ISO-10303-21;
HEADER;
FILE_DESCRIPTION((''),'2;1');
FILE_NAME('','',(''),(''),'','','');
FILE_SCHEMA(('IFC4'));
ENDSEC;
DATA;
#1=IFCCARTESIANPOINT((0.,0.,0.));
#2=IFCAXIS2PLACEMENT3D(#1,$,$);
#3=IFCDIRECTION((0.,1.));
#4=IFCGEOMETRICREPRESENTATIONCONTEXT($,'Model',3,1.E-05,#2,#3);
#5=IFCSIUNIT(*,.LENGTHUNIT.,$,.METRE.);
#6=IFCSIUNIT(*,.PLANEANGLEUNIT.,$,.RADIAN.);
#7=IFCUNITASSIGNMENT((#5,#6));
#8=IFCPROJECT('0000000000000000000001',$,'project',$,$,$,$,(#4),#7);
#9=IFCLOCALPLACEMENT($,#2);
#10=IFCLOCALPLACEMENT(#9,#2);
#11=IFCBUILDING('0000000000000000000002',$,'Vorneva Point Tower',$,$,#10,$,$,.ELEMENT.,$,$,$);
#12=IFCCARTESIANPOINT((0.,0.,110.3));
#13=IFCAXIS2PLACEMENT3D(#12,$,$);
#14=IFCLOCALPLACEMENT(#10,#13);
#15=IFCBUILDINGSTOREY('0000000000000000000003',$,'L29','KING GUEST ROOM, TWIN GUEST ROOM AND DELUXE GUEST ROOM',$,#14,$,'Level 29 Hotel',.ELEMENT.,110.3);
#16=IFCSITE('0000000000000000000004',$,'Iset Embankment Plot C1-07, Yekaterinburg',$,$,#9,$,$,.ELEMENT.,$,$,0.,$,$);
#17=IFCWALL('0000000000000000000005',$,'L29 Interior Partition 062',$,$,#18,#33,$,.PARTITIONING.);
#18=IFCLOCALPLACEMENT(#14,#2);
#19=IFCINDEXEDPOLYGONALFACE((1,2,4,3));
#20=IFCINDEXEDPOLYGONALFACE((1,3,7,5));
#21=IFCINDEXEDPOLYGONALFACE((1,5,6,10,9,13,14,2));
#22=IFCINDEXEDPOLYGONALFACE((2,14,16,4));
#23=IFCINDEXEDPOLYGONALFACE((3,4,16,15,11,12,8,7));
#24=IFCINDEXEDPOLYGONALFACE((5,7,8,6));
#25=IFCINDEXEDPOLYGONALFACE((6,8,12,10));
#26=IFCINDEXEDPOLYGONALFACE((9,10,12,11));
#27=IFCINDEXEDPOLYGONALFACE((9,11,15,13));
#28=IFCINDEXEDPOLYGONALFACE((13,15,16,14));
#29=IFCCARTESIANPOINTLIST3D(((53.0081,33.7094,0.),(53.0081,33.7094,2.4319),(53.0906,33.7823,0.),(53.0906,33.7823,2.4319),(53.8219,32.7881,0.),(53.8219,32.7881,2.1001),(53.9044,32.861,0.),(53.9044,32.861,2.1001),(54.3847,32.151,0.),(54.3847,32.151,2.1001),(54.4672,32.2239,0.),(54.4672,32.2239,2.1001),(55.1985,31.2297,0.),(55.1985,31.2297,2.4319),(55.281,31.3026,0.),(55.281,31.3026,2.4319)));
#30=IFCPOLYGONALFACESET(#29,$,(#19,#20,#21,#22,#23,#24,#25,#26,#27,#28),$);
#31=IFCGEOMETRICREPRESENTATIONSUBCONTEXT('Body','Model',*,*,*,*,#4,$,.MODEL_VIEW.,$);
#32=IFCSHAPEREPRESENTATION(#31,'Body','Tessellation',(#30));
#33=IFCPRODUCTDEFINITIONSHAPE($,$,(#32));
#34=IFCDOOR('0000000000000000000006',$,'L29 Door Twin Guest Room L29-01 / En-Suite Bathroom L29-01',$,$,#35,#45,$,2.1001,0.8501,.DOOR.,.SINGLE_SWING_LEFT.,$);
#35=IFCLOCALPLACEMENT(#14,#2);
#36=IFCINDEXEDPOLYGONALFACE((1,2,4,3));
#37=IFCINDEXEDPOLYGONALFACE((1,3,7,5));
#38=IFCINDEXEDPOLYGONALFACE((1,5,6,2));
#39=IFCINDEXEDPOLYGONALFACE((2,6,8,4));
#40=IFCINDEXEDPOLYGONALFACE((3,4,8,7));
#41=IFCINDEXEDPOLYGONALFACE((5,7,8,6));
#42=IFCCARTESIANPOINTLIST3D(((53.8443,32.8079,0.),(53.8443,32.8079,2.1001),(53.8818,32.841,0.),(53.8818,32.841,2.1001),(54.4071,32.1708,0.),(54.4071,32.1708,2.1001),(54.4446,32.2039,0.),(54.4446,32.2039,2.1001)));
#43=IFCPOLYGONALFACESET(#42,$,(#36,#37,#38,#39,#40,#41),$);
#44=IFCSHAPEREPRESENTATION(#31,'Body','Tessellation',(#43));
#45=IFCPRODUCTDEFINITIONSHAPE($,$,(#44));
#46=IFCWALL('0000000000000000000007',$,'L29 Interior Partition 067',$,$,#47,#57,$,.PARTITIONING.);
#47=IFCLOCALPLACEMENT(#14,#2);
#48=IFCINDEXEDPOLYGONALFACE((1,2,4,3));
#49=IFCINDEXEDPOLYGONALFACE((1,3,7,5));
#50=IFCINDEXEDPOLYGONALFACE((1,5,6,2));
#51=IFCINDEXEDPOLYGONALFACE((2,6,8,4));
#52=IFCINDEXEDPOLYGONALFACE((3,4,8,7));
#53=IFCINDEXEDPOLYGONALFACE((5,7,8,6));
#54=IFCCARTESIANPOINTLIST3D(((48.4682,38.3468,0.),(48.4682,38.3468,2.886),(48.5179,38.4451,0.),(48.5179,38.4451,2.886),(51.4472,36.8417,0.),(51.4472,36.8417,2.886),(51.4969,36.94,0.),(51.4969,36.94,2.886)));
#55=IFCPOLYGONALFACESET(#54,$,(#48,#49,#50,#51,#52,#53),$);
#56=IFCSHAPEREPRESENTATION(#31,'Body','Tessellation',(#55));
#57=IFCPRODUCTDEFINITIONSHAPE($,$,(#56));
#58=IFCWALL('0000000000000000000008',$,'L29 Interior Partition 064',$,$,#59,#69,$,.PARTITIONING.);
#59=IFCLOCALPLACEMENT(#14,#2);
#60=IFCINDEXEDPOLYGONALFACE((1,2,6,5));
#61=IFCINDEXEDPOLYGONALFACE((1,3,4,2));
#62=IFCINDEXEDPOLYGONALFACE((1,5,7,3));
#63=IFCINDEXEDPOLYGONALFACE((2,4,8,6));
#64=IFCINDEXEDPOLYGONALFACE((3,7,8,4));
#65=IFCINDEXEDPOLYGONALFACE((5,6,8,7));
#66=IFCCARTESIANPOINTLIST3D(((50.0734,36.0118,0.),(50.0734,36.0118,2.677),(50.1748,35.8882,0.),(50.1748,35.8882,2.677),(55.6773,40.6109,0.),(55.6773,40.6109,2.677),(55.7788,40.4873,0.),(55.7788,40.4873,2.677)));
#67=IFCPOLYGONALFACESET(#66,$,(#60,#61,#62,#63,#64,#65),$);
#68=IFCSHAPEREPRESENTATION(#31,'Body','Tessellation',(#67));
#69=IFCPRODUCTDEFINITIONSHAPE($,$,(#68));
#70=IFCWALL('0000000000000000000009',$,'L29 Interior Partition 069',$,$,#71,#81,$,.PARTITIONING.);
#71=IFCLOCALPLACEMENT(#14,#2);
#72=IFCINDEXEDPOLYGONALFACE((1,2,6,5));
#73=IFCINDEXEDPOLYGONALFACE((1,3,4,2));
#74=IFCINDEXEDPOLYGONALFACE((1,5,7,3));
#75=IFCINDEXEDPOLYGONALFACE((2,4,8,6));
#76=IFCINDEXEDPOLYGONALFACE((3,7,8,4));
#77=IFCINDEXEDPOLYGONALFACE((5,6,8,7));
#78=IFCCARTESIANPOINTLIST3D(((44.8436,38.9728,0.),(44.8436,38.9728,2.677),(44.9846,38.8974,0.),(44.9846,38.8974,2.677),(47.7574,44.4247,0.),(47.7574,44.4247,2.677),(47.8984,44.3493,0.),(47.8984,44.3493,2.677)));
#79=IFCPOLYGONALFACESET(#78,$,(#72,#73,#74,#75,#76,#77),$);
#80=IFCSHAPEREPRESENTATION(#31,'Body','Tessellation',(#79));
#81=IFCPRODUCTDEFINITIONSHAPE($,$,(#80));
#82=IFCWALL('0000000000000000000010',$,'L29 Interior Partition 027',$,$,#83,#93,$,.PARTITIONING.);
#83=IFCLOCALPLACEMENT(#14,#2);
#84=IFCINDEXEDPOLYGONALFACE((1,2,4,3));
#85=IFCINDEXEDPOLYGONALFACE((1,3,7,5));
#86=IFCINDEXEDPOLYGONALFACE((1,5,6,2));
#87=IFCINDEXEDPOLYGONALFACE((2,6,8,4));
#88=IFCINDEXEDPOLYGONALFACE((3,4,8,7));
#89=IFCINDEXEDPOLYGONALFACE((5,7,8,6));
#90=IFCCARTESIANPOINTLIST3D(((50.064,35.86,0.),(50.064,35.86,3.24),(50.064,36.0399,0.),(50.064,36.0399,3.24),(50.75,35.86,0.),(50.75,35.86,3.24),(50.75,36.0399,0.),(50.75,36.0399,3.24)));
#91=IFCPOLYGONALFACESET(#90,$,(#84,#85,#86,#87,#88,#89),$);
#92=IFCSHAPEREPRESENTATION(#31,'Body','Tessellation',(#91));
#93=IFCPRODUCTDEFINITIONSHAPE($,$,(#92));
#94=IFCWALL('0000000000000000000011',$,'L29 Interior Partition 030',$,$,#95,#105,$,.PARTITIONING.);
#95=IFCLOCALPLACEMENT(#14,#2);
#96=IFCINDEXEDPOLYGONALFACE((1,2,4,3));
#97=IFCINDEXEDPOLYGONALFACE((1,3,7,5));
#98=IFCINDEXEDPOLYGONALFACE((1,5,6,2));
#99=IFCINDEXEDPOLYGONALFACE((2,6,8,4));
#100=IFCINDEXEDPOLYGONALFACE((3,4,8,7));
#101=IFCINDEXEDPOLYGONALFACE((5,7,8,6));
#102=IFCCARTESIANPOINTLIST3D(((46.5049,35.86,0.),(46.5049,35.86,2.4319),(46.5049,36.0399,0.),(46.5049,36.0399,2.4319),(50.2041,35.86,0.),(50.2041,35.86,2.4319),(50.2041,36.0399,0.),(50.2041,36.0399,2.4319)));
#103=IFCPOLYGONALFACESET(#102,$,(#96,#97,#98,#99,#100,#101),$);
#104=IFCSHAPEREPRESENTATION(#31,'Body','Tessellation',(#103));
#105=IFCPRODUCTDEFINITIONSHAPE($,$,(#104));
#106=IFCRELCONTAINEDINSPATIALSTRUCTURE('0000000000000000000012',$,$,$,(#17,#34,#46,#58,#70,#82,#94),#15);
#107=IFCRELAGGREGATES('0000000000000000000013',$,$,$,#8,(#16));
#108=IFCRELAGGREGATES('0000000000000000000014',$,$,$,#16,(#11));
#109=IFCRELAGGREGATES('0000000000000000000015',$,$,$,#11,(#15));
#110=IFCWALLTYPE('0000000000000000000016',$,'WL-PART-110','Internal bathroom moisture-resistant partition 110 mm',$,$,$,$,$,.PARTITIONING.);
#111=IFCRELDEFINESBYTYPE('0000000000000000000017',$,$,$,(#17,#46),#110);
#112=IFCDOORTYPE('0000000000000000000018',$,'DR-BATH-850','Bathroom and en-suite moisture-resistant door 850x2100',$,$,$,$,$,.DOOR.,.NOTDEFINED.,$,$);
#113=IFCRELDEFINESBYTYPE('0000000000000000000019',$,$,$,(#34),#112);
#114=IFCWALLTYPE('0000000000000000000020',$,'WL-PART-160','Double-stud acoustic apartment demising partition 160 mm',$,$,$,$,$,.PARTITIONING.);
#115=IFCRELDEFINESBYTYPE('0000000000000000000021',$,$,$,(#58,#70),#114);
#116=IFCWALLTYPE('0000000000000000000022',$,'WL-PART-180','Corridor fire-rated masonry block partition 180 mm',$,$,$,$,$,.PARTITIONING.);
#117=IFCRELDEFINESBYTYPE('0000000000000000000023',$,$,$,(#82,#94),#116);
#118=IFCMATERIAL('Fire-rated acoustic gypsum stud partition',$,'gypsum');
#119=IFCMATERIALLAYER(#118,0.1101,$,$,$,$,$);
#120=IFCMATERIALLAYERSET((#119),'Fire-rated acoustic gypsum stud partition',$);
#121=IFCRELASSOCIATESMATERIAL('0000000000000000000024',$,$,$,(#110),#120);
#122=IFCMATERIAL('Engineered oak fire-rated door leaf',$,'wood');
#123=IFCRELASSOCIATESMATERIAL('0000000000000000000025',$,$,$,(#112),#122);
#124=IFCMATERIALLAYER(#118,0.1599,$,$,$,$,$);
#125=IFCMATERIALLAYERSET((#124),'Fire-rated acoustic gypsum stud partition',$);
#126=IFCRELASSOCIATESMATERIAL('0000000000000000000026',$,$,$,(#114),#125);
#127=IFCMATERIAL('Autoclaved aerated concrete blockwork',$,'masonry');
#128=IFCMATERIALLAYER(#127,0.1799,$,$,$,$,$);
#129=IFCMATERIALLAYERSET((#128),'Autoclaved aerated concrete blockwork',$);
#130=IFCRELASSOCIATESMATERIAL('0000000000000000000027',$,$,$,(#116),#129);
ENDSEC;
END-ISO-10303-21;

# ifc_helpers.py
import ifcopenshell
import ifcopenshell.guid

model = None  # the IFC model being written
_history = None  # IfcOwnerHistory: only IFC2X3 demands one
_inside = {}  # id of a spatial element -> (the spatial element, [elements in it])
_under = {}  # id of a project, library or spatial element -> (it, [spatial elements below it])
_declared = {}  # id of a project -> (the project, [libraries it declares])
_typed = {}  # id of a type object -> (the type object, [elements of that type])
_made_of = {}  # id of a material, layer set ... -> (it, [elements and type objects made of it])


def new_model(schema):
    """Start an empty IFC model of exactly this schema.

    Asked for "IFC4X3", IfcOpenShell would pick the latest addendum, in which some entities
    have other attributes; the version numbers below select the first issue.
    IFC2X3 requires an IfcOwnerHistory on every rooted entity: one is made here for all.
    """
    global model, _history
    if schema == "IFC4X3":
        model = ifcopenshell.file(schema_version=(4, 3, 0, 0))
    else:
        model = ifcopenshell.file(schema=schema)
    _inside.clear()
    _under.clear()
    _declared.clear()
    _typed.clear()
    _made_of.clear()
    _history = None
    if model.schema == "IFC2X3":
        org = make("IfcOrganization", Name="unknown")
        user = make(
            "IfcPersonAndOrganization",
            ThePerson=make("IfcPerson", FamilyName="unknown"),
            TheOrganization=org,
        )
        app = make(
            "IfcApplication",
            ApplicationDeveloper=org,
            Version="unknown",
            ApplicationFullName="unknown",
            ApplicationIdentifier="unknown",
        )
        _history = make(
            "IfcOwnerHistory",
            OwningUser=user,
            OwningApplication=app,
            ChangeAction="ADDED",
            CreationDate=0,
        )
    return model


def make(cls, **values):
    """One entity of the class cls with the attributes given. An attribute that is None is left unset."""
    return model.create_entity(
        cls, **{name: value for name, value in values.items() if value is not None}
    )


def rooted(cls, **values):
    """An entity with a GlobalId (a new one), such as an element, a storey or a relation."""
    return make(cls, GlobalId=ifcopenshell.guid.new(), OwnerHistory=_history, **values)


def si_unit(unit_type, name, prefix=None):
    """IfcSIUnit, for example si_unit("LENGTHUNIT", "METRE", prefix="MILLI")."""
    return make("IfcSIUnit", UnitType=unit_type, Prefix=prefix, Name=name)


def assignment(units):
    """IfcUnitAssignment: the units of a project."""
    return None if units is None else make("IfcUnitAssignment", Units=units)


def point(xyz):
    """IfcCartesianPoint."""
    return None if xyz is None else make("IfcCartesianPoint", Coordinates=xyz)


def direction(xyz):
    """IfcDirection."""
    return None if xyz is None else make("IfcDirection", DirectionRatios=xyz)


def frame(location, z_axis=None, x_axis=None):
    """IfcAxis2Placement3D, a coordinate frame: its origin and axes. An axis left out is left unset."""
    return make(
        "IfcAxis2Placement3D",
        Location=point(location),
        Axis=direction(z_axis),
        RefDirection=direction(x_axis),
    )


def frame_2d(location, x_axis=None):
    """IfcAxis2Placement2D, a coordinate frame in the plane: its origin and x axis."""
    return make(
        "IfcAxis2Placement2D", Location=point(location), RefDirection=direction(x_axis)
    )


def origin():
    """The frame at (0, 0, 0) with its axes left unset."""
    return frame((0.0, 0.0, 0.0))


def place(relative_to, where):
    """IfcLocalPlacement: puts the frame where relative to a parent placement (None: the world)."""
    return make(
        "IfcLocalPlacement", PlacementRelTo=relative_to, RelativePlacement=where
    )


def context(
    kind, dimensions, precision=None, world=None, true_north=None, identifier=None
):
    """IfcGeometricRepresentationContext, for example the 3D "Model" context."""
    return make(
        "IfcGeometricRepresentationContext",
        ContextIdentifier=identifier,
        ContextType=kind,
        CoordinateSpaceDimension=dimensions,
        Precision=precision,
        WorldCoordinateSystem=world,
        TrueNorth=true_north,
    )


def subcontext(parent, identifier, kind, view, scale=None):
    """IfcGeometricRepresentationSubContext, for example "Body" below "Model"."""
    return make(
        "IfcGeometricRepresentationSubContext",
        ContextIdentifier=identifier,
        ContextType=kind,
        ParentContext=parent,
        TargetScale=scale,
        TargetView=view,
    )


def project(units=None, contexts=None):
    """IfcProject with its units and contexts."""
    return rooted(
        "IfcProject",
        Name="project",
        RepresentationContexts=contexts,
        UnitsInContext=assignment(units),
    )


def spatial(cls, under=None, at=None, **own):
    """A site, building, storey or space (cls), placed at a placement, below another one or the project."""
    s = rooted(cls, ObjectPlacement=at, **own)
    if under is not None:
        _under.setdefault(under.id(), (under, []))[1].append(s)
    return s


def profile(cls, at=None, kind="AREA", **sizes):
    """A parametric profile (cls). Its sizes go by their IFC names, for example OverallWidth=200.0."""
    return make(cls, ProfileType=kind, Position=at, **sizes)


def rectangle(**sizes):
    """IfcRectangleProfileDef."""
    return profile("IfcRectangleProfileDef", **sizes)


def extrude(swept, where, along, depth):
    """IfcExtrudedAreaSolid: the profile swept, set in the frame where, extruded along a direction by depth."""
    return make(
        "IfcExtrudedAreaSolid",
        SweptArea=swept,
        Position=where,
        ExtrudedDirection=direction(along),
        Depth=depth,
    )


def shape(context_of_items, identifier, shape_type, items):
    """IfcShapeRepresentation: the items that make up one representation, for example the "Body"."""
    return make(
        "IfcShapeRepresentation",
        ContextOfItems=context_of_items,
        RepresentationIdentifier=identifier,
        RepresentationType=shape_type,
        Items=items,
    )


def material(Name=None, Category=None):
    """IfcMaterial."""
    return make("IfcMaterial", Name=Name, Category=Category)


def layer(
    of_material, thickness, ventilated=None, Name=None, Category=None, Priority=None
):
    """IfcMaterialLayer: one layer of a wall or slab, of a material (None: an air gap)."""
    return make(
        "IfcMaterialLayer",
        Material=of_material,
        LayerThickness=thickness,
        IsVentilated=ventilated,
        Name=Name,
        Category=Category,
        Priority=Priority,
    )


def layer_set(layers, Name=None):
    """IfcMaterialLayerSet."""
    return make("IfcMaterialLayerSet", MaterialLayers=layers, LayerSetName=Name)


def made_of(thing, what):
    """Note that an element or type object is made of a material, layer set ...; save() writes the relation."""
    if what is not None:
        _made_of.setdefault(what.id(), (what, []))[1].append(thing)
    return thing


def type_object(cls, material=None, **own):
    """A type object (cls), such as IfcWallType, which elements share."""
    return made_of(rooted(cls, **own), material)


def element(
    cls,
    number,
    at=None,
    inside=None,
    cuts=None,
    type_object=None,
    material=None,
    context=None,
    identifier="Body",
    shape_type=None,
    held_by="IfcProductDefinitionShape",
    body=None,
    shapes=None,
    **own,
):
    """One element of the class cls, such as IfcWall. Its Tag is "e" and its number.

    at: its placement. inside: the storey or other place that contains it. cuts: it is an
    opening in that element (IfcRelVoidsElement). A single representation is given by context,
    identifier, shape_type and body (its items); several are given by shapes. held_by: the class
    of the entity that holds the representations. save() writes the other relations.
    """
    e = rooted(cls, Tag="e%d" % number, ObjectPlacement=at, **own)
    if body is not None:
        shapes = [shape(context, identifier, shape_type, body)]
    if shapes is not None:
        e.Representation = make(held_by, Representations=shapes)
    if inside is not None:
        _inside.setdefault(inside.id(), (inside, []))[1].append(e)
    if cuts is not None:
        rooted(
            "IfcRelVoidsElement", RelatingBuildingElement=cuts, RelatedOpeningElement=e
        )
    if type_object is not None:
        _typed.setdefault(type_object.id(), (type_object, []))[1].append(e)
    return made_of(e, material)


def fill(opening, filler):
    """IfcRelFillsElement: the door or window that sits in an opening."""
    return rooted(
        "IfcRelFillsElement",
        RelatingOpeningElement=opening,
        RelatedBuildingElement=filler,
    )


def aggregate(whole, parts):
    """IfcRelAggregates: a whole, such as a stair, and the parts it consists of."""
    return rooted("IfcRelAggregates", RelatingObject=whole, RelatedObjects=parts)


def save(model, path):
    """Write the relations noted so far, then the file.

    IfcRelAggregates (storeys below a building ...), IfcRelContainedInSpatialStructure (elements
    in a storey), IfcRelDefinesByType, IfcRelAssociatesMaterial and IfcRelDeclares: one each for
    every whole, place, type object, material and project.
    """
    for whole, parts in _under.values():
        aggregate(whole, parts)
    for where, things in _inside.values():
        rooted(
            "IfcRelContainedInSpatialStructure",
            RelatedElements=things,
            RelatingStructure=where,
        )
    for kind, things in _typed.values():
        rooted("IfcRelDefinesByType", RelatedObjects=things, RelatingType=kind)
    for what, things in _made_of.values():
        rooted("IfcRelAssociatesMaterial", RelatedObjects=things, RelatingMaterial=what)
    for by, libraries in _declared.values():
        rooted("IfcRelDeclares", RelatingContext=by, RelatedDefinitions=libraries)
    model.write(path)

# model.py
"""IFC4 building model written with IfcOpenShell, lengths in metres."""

from ifc_helpers import new_model, si_unit, direction, frame, frame_2d, origin, place, context, subcontext, project, spatial, rectangle, extrude, material, layer, layer_set, type_object, element, fill, save


model = new_model("IFC4")

# Units and contexts
model_context = context("Model", 3, precision=1e-05, world=origin(), true_north=direction((0.0, 1.0)))
body_context = subcontext(model_context, "Body", "Model", "MODEL_VIEW")
ifc_project = project(units=[si_unit("LENGTHUNIT", "METRE"), si_unit("PLANEANGLEUNIT", "RADIAN")], contexts=[model_context])

# Site, building, storey
site_placement = place(None, origin())
site = spatial("IfcSite", under=ifc_project, at=site_placement, Name="Iset Embankment Plot C1-07, Yekaterinburg", CompositionType="ELEMENT", RefElevation=0.0)
building_placement = place(site_placement, origin())
building = spatial("IfcBuilding", under=site, at=building_placement, Name="Vorneva Point Tower", CompositionType="ELEMENT")
storey_placement = place(building_placement, frame((0.0, 0.0, 110.3)))
storey = spatial("IfcBuildingStorey", under=building, at=storey_placement, Name="L29", Description="KING GUEST ROOM, TWIN GUEST ROOM AND DELUXE GUEST ROOM", LongName="Level 29 Hotel", CompositionType="ELEMENT", Elevation=110.3)

# Wall, opening, door
ifc_material_1 = material(Name="Fire-rated acoustic gypsum stud partition", Category="gypsum")
ifc_layer_1 = layer(ifc_material_1, 0.1101)
ifc_layer_set_1 = layer_set([ifc_layer_1], Name="Fire-rated acoustic gypsum stud partition")
wall_type_1 = type_object("IfcWallType", Name="WL-PART-110", Description="Internal bathroom moisture-resistant partition 110 mm", PredefinedType="PARTITIONING", material=ifc_layer_set_1)
wall_1_placement = place(storey_placement, frame((53.0493, 33.7458, 0.0), z_axis=(0.0, 0.0, 1.0), x_axis=(0.662034, -0.749474, 0.0)))
wall_1 = element("IfcWall", 1, at=wall_1_placement, inside=storey, type_object=wall_type_1, Name="L29 Interior Partition 062", PredefinedType="PARTITIONING", context=body_context, shape_type="SweptSolid", body=[
    extrude(rectangle(XDim=3.3086, YDim=0.1101, at=frame_2d((1.6543, 0.0))), origin(), (0.0, 0.0, 1.0), 2.4319),
])
opening_1_placement = place(wall_1_placement, frame((1.2292, 0.0, 0.0)))
opening_1 = element("IfcOpeningElement", 2, at=opening_1_placement, cuts=wall_1, PredefinedType="OPENING", context=body_context, shape_type="SweptSolid", body=[
    extrude(rectangle(XDim=0.8501, YDim=2.1001, at=frame_2d((0.425, 1.05))), frame((0.0, 0.0698, 0.0), z_axis=(0.0, -1.0, 0.0), x_axis=(1.0, 0.0, 0.0)), (0.0, 0.0, 1.0), 0.1399),
])
ifc_material_2 = material(Name="Engineered oak fire-rated door leaf", Category="wood")
door_type = type_object("IfcDoorType", Name="DR-BATH-850", Description="Bathroom and en-suite moisture-resistant door 850x2100", OperationType="NOTDEFINED", PredefinedType="DOOR", material=ifc_material_2)
door_placement = place(opening_1_placement, origin())
door = element("IfcDoor", 3, at=door_placement, inside=storey, type_object=door_type, Name="L29 Door Twin Guest Room L29-01 / En-Suite Bathroom L29-01", OperationType="SINGLE_SWING_LEFT", OverallHeight=2.1001, OverallWidth=0.8501, PredefinedType="DOOR", context=body_context, shape_type="SweptSolid", body=[
    extrude(rectangle(XDim=0.8501, YDim=2.1001, at=frame_2d((0.425, 1.05))), frame((0.0, 0.0249, 0.0), z_axis=(0.0, -1.0, 0.0), x_axis=(1.0, 0.0, 0.0)), (0.0, 0.0, 1.0), 0.05),
])
fill(opening_1, door)

# Walls
wall_2_placement = place(storey_placement, frame((48.4929, 38.396, 0.0), z_axis=(0.0, 0.0, 1.0), x_axis=(0.892547, -0.450955, 0.0)))
element("IfcWall", 4, at=wall_2_placement, inside=storey, type_object=wall_type_1, Name="L29 Interior Partition 067", PredefinedType="PARTITIONING", context=body_context, shape_type="SweptSolid", body=[
    extrude(rectangle(XDim=3.3376, YDim=0.1101, at=frame_2d((1.6689, 0.0))), origin(), (0.0, 0.0, 1.0), 2.886),
])
ifc_layer_2 = layer(ifc_material_1, 0.1599)
ifc_layer_set_2 = layer_set([ifc_layer_2], Name="Fire-rated acoustic gypsum stud partition")
wall_type_2 = type_object("IfcWallType", Name="WL-PART-160", Description="Double-stud acoustic apartment demising partition 160 mm", PredefinedType="PARTITIONING", material=ifc_layer_set_2)
wall_3_placement = place(storey_placement, frame((55.728, 40.5491, 0.0), z_axis=(0.0, 0.0, 1.0), x_axis=(-0.773008, -0.634396, 0.0)))
element("IfcWall", 5, at=wall_3_placement, inside=storey, type_object=wall_type_2, Name="L29 Interior Partition 064", PredefinedType="PARTITIONING", context=body_context, shape_type="SweptSolid", body=[
    extrude(rectangle(XDim=7.2495, YDim=0.1599, at=frame_2d((3.6248, 0.0))), origin(), (0.0, 0.0, 1.0), 2.677),
])
wall_4_placement = place(storey_placement, frame((47.8279, 44.387, 0.0), z_axis=(0.0, 0.0, 1.0), x_axis=(-0.471361, -0.88194, 0.0)))
element("IfcWall", 6, at=wall_4_placement, inside=storey, type_object=wall_type_2, Name="L29 Interior Partition 069", PredefinedType="PARTITIONING", context=body_context, shape_type="SweptSolid", body=[
    extrude(rectangle(XDim=6.1816, YDim=0.1599, at=frame_2d((3.0908, 0.0))), origin(), (0.0, 0.0, 1.0), 2.677),
])
ifc_material_3 = material(Name="Autoclaved aerated concrete blockwork", Category="masonry")
ifc_layer_3 = layer(ifc_material_3, 0.1799)
ifc_layer_set_3 = layer_set([ifc_layer_3], Name="Autoclaved aerated concrete blockwork")
wall_type_3 = type_object("IfcWallType", Name="WL-PART-180", Description="Corridor fire-rated masonry block partition 180 mm", PredefinedType="PARTITIONING", material=ifc_layer_set_3)
wall_5_placement = place(storey_placement, frame((50.75, 35.95, 0.0), z_axis=(0.0, 0.0, 1.0), x_axis=(-1.0, 0.0, 0.0)))
element("IfcWall", 7, at=wall_5_placement, inside=storey, type_object=wall_type_3, Name="L29 Interior Partition 027", PredefinedType="PARTITIONING", context=body_context, shape_type="SweptSolid", body=[
    extrude(rectangle(XDim=0.686, YDim=0.1799, at=frame_2d((0.343, 0.0))), origin(), (0.0, 0.0, 1.0), 3.24),
])
wall_6_placement = place(storey_placement, frame((50.2041, 35.95, 0.0), z_axis=(0.0, 0.0, 1.0), x_axis=(-1.0, 0.0, 0.0)))
element("IfcWall", 8, at=wall_6_placement, inside=storey, type_object=wall_type_3, Name="L29 Interior Partition 030", PredefinedType="PARTITIONING", context=body_context, shape_type="SweptSolid", body=[
    extrude(rectangle(XDim=3.6992, YDim=0.1799, at=frame_2d((1.8496, 0.0))), origin(), (0.0, 0.0, 1.0), 2.4319),
])

save(model, "model.ifc")
